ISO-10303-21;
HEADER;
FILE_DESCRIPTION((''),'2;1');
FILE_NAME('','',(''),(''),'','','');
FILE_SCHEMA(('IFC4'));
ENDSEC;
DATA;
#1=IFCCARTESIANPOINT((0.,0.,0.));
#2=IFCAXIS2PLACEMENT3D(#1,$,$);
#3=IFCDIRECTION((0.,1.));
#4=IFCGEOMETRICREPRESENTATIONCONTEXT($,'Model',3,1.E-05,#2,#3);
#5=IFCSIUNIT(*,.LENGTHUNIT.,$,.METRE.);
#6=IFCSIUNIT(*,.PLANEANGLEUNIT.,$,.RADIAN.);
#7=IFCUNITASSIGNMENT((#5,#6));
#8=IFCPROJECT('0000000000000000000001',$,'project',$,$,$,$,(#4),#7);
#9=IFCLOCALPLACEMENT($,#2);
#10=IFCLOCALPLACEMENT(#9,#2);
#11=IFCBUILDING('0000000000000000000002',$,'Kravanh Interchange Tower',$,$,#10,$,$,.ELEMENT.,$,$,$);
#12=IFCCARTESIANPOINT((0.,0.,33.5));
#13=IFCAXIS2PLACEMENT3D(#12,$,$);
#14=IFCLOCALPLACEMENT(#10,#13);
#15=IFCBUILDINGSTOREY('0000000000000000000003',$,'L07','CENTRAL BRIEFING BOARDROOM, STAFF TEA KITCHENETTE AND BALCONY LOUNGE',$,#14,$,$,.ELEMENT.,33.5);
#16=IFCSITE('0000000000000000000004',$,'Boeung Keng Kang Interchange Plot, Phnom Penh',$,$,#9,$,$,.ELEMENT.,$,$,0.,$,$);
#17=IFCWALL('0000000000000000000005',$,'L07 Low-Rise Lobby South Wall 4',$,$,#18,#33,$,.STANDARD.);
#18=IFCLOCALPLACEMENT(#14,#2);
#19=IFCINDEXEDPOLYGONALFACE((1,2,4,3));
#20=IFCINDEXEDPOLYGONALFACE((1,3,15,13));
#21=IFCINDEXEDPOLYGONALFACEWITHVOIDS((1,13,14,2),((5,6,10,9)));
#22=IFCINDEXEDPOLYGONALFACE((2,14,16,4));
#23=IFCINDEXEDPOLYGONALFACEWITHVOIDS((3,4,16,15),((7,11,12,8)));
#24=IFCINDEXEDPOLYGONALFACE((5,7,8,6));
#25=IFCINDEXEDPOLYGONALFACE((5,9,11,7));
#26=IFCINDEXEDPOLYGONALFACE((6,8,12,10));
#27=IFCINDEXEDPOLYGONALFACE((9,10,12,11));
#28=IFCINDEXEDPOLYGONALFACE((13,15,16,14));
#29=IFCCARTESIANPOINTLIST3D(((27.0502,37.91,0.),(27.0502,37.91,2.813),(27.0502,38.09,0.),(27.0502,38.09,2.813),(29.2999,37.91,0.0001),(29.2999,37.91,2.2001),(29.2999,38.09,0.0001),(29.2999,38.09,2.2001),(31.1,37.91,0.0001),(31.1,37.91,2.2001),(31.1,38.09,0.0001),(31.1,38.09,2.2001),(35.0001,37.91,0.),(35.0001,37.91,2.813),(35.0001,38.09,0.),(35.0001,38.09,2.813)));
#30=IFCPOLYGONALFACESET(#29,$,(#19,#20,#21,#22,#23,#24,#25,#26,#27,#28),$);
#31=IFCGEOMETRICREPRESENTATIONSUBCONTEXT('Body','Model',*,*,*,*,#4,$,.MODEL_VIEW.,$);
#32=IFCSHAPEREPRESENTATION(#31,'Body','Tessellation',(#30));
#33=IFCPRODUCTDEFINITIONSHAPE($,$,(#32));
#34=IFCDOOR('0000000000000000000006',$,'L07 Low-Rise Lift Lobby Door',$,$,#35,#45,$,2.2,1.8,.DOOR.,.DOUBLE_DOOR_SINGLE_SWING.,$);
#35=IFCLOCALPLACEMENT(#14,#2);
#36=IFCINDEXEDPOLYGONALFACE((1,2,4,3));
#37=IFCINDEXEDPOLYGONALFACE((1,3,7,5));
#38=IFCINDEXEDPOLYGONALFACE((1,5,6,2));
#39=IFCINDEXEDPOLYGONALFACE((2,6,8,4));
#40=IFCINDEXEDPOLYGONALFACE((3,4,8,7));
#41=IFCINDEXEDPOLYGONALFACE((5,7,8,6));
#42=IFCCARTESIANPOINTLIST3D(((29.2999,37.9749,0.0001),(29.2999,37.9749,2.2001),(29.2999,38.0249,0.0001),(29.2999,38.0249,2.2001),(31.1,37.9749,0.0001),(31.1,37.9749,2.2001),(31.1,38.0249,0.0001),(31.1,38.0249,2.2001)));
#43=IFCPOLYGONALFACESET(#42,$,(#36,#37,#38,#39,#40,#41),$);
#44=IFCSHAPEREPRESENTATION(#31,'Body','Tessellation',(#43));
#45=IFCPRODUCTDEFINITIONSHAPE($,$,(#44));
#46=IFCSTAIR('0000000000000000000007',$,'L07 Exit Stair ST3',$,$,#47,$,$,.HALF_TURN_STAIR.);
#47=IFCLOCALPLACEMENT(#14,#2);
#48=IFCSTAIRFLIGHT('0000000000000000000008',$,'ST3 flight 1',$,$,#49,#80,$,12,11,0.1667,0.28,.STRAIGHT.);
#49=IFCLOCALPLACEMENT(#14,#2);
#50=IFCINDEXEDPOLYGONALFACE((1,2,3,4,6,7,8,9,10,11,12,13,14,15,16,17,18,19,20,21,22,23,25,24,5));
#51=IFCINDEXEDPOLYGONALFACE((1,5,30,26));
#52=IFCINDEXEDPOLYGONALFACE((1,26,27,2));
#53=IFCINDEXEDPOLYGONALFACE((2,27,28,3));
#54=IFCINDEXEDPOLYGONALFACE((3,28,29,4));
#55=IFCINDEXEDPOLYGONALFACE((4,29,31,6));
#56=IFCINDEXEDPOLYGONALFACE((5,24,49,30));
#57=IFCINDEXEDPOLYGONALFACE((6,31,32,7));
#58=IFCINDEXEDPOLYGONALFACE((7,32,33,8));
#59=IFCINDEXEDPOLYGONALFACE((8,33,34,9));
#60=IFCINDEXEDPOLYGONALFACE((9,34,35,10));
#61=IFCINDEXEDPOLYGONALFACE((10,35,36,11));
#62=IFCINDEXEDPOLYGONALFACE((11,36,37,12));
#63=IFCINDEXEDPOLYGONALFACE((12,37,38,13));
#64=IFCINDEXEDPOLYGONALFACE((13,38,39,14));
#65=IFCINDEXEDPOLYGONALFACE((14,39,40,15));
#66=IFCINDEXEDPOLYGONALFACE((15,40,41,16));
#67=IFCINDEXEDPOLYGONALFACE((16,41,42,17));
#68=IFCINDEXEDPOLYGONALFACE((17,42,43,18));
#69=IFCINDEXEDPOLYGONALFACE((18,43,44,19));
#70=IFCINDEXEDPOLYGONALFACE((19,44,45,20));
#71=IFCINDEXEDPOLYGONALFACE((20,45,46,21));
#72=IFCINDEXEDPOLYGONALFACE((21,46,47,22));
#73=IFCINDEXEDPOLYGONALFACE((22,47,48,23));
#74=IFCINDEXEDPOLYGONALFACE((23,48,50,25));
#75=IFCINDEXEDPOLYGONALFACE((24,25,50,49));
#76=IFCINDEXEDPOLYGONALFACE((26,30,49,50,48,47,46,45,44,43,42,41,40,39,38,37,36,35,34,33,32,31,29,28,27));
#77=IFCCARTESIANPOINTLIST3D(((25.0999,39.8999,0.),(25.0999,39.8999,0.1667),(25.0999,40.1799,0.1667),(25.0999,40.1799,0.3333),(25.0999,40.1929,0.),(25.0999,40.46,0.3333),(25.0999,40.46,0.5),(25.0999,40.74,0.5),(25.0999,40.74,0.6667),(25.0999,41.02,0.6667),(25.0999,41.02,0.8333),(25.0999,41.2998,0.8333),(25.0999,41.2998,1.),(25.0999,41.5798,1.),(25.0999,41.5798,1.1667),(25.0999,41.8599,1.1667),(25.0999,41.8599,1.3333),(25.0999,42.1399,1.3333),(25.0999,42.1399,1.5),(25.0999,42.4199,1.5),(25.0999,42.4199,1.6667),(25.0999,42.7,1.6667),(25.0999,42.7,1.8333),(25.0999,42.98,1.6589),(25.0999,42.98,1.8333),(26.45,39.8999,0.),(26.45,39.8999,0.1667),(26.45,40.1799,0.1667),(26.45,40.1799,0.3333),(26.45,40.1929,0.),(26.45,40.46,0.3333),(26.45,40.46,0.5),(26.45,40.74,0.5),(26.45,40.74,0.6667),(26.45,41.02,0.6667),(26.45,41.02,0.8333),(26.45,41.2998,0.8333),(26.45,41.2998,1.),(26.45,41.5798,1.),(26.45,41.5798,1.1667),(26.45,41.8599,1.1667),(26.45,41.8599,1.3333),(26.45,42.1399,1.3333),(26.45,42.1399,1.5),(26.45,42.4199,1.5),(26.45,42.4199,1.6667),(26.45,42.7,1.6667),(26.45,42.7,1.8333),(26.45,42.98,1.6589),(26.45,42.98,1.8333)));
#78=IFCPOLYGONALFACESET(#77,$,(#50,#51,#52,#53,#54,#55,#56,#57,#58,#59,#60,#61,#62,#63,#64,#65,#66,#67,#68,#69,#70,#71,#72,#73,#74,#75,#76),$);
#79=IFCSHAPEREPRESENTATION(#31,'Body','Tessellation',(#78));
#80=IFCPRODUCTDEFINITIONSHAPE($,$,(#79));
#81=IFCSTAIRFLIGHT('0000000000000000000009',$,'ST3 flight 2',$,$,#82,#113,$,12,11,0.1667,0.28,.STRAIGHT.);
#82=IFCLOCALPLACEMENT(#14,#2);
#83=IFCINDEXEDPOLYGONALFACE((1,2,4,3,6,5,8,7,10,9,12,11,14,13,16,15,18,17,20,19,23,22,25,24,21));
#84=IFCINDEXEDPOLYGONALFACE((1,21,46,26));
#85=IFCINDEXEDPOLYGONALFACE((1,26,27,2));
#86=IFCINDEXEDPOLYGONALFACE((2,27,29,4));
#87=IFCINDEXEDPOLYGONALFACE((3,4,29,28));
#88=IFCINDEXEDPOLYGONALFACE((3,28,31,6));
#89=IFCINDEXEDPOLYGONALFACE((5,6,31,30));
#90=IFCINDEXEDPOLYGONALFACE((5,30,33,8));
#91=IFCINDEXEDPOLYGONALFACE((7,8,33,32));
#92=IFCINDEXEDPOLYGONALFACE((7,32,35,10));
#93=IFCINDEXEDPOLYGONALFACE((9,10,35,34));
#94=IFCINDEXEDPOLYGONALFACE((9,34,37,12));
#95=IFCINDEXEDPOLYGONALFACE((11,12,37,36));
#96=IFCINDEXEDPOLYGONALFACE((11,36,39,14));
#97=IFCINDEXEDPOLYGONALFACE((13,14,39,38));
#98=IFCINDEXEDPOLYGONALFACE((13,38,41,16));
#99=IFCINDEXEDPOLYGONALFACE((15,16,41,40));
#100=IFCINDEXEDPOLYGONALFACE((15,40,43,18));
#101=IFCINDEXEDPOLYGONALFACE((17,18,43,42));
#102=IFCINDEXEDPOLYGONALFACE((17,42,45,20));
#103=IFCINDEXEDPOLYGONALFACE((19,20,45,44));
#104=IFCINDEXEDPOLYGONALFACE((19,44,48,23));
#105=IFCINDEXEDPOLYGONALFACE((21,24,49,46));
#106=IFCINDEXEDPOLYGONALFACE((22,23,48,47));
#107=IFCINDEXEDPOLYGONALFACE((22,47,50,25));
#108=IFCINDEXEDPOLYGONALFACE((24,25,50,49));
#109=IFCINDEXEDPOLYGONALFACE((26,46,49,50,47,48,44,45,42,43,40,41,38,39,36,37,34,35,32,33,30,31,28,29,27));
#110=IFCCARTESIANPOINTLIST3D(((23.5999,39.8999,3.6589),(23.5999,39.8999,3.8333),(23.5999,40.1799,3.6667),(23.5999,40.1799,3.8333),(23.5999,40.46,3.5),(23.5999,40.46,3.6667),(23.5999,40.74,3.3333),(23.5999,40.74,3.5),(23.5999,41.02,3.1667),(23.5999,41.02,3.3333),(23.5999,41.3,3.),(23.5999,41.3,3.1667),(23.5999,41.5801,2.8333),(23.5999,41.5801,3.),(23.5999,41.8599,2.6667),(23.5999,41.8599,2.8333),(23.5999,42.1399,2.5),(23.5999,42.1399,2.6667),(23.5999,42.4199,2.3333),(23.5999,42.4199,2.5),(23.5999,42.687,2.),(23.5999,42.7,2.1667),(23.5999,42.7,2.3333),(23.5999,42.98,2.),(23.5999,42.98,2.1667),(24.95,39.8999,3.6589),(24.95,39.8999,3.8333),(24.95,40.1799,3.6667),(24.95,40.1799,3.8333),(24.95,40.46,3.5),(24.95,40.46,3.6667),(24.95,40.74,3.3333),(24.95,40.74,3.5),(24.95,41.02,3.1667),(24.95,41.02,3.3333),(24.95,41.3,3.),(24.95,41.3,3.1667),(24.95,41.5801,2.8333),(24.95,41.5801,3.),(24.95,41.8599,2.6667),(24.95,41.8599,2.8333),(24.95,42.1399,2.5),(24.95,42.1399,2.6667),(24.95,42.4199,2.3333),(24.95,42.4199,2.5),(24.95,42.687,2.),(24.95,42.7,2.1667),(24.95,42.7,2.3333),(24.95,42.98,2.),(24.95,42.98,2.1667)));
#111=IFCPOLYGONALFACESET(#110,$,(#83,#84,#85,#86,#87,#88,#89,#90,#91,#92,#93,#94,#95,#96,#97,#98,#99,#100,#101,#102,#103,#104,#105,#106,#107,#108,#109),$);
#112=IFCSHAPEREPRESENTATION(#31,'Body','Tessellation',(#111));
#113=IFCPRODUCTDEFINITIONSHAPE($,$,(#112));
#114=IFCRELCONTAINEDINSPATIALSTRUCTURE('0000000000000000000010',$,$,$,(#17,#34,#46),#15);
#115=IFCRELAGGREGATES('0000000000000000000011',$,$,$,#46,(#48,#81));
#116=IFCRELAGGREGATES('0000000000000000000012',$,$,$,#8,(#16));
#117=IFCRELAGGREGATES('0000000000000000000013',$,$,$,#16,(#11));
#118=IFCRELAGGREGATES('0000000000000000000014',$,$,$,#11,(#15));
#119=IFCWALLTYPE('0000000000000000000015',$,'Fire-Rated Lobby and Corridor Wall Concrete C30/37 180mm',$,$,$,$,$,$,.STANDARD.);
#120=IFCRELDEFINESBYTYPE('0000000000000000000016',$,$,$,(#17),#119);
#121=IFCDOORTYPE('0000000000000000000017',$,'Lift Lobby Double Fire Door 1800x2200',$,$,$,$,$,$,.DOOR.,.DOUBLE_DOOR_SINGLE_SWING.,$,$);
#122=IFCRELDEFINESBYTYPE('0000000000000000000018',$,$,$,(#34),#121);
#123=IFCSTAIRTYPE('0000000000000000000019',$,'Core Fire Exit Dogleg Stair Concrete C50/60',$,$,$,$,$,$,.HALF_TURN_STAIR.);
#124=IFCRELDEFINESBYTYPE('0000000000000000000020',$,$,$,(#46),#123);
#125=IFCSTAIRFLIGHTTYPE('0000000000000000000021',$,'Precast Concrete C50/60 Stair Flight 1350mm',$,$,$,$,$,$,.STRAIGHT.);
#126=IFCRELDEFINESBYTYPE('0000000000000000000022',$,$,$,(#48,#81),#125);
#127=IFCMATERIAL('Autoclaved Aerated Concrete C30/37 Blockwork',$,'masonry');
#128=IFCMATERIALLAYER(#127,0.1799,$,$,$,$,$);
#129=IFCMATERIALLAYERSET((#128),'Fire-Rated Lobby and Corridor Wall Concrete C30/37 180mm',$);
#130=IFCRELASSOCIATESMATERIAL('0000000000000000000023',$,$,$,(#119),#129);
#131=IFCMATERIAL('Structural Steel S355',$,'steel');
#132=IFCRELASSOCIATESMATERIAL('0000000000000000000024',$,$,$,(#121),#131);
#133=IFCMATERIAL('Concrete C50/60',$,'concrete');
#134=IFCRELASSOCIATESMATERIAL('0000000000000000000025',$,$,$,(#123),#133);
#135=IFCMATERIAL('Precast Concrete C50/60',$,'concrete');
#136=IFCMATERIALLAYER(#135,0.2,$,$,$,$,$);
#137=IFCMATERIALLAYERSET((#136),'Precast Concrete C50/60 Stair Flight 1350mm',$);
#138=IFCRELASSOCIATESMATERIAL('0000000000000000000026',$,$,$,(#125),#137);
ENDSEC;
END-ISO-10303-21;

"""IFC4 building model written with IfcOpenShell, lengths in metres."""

from ifc_helpers import new_model, si_unit, direction, frame, frame_2d, origin, place, context, subcontext, project, spatial, polyline, rectangle, outline, extrude, material, layer, layer_set, type_object, element, fill, aggregate, save


model = new_model("IFC4")

# Units and contexts
model_context = context("Model", 3, precision=1e-05, world=origin(), true_north=direction((0.0, 1.0)))
body_context = subcontext(model_context, "Body", "Model", "MODEL_VIEW")
ifc_project = project(units=[si_unit("LENGTHUNIT", "METRE"), si_unit("PLANEANGLEUNIT", "RADIAN")], contexts=[model_context])

# Site, building, storey
site_placement = place(None, origin())
site = spatial("IfcSite", under=ifc_project, at=site_placement, Name="Boeung Keng Kang Interchange Plot, Phnom Penh", CompositionType="ELEMENT", RefElevation=0.0)
building_placement = place(site_placement, origin())
building = spatial("IfcBuilding", under=site, at=building_placement, Name="Kravanh Interchange Tower", CompositionType="ELEMENT")
storey_placement = place(building_placement, frame((0.0, 0.0, 33.5)))
storey = spatial("IfcBuildingStorey", under=building, at=storey_placement, Name="L07", Description="CENTRAL BRIEFING BOARDROOM, STAFF TEA KITCHENETTE AND BALCONY LOUNGE", CompositionType="ELEMENT", Elevation=33.5)

# Wall, opening, door
ifc_material_1 = material(Name="Autoclaved Aerated Concrete C30/37 Blockwork", Category="masonry")
ifc_layer_1 = layer(ifc_material_1, 0.1799)
ifc_layer_set_1 = layer_set([ifc_layer_1], Name="Fire-Rated Lobby and Corridor Wall Concrete C30/37 180mm")
wall_type_1 = type_object("IfcWallType", Name="Fire-Rated Lobby and Corridor Wall Concrete C30/37 180mm", PredefinedType="STANDARD", material=ifc_layer_set_1)
wall_1_placement = place(storey_placement, frame((27.05, 38.0, 0.0), z_axis=(0.0, 0.0, 1.0), x_axis=(1.0, 0.0, 0.0)))
wall_1 = element("IfcWall", 1, at=wall_1_placement, inside=storey, type_object=wall_type_1, Name="L07 Low-Rise Lobby South Wall 4", PredefinedType="STANDARD", context=body_context, shape_type="SweptSolid", body=[
    extrude(rectangle(XDim=7.95, YDim=0.1799, at=frame_2d((3.9751, 0.0))), origin(), (0.0, 0.0, 1.0), 2.813),
])
opening_1_placement = place(wall_1_placement, frame((2.25, 0.0, 0.0)))
opening_1 = element("IfcOpeningElement", 2, at=opening_1_placement, cuts=wall_1, PredefinedType="OPENING", context=body_context, shape_type="SweptSolid", body=[
    extrude(rectangle(XDim=1.8, YDim=2.2, at=frame_2d((0.8999, 1.1001))), frame((0.0, 0.1001, 0.0), z_axis=(0.0, -1.0, 0.0), x_axis=(1.0, 0.0, 0.0)), (0.0, 0.0, 1.0), 0.2),
])
ifc_material_2 = material(Name="Structural Steel S355", Category="steel")
door_type_1 = type_object("IfcDoorType", Name="Lift Lobby Double Fire Door 1800x2200", OperationType="DOUBLE_DOOR_SINGLE_SWING", PredefinedType="DOOR", material=ifc_material_2)
door_1_placement = place(opening_1_placement, origin())
door_1 = element("IfcDoor", 3, at=door_1_placement, inside=storey, type_object=door_type_1, Name="L07 Low-Rise Lift Lobby Door", OperationType="DOUBLE_DOOR_SINGLE_SWING", OverallHeight=2.2, OverallWidth=1.8, PredefinedType="DOOR", context=body_context, shape_type="SweptSolid", body=[
    extrude(rectangle(XDim=1.8, YDim=2.2, at=frame_2d((0.8999, 1.1001))), frame((0.0, 0.0249, 0.0), z_axis=(0.0, -1.0, 0.0), x_axis=(1.0, 0.0, 0.0)), (0.0, 0.0, 1.0), 0.05),
])
fill(opening_1, door_1)

# Stair, stair flights
ifc_material_3 = material(Name="Concrete C50/60", Category="concrete")
stair_type = type_object("IfcStairType", Name="Core Fire Exit Dogleg Stair Concrete C50/60", PredefinedType="HALF_TURN_STAIR", material=ifc_material_3)
stair_placement = place(storey_placement, origin())
stair = element("IfcStair", 4, at=stair_placement, inside=storey, type_object=stair_type, Name="L07 Exit Stair ST3", PredefinedType="HALF_TURN_STAIR")
ifc_material_4 = material(Name="Precast Concrete C50/60", Category="concrete")
ifc_layer_2 = layer(ifc_material_4, 0.2)
ifc_layer_set_2 = layer_set([ifc_layer_2], Name="Precast Concrete C50/60 Stair Flight 1350mm")
stair_flight_type = type_object("IfcStairFlightType", Name="Precast Concrete C50/60 Stair Flight 1350mm", PredefinedType="STRAIGHT", material=ifc_layer_set_2)
stair_flight_1_placement = place(storey_placement, frame((25.7749, 39.8999, 0.0), z_axis=(0.0, 0.0, 1.0), x_axis=(0.0, 1.0, 0.0)))
stair_flight_1 = element("IfcStairFlight", 5, at=stair_flight_1_placement, type_object=stair_flight_type, Name="ST3 flight 1", NumberOfRisers=12, NumberOfTreads=11, PredefinedType="STRAIGHT", RiserHeight=0.1667, TreadLength=0.28, context=body_context, shape_type="SweptSolid", body=[
    extrude(outline(polyline([(0.0, 0.0), (0.0, 0.1667), (0.28, 0.1667), (0.28, 0.3333), (0.5601, 0.3333), (0.5601, 0.5), (0.8401, 0.5), (0.8401, 0.6667), (1.1201, 0.6667), (1.1201, 0.8333), (1.3999, 0.8333), (1.3999, 1.0), (1.6799, 1.0), (1.6799, 1.1667), (1.96, 1.1667), (1.96, 1.3333), (2.24, 1.3333), (2.24, 1.5), (2.52, 1.5), (2.52, 1.6667), (2.8, 1.6667), (2.8, 1.8333), (3.0801, 1.8333), (3.0801, 2.0), (3.0801, 1.6589), (0.293, 0.0), (0.0, 0.0)])), frame((0.0, 0.675, 0.0), z_axis=(0.0, -1.0, 0.0), x_axis=(1.0, 0.0, 0.0)), (0.0, 0.0, 1.0), 1.3501),
])
stair_flight_2_placement = place(storey_placement, frame((24.2749, 42.98, 2.0), z_axis=(0.0, 0.0, 1.0), x_axis=(0.0, -1.0, 0.0)))
stair_flight_2 = element("IfcStairFlight", 6, at=stair_flight_2_placement, type_object=stair_flight_type, Name="ST3 flight 2", NumberOfRisers=12, NumberOfTreads=11, PredefinedType="STRAIGHT", RiserHeight=0.1667, TreadLength=0.28, context=body_context, shape_type="SweptSolid", body=[
    extrude(outline(polyline([(0.0, 0.0), (0.0, 0.1667), (0.28, 0.1667), (0.28, 0.3333), (0.5601, 0.3333), (0.5601, 0.5), (0.8401, 0.5), (0.8401, 0.6667), (1.1201, 0.6667), (1.1201, 0.8333), (1.3999, 0.8333), (1.3999, 1.0), (1.6799, 1.0), (1.6799, 1.1667), (1.96, 1.1667), (1.96, 1.3333), (2.24, 1.3333), (2.24, 1.5), (2.52, 1.5), (2.52, 1.6667), (2.8, 1.6667), (2.8, 1.8333), (3.0801, 1.8333), (3.0801, 2.0), (3.0801, 1.6589), (0.293, 0.0), (0.0, 0.0)])), frame((0.0, 0.675, 0.0), z_axis=(0.0, -1.0, 0.0), x_axis=(1.0, 0.0, 0.0)), (0.0, 0.0, 1.0), 1.3501),
])
aggregate(stair, [stair_flight_1, stair_flight_2])

save(model, "model.ifc")
